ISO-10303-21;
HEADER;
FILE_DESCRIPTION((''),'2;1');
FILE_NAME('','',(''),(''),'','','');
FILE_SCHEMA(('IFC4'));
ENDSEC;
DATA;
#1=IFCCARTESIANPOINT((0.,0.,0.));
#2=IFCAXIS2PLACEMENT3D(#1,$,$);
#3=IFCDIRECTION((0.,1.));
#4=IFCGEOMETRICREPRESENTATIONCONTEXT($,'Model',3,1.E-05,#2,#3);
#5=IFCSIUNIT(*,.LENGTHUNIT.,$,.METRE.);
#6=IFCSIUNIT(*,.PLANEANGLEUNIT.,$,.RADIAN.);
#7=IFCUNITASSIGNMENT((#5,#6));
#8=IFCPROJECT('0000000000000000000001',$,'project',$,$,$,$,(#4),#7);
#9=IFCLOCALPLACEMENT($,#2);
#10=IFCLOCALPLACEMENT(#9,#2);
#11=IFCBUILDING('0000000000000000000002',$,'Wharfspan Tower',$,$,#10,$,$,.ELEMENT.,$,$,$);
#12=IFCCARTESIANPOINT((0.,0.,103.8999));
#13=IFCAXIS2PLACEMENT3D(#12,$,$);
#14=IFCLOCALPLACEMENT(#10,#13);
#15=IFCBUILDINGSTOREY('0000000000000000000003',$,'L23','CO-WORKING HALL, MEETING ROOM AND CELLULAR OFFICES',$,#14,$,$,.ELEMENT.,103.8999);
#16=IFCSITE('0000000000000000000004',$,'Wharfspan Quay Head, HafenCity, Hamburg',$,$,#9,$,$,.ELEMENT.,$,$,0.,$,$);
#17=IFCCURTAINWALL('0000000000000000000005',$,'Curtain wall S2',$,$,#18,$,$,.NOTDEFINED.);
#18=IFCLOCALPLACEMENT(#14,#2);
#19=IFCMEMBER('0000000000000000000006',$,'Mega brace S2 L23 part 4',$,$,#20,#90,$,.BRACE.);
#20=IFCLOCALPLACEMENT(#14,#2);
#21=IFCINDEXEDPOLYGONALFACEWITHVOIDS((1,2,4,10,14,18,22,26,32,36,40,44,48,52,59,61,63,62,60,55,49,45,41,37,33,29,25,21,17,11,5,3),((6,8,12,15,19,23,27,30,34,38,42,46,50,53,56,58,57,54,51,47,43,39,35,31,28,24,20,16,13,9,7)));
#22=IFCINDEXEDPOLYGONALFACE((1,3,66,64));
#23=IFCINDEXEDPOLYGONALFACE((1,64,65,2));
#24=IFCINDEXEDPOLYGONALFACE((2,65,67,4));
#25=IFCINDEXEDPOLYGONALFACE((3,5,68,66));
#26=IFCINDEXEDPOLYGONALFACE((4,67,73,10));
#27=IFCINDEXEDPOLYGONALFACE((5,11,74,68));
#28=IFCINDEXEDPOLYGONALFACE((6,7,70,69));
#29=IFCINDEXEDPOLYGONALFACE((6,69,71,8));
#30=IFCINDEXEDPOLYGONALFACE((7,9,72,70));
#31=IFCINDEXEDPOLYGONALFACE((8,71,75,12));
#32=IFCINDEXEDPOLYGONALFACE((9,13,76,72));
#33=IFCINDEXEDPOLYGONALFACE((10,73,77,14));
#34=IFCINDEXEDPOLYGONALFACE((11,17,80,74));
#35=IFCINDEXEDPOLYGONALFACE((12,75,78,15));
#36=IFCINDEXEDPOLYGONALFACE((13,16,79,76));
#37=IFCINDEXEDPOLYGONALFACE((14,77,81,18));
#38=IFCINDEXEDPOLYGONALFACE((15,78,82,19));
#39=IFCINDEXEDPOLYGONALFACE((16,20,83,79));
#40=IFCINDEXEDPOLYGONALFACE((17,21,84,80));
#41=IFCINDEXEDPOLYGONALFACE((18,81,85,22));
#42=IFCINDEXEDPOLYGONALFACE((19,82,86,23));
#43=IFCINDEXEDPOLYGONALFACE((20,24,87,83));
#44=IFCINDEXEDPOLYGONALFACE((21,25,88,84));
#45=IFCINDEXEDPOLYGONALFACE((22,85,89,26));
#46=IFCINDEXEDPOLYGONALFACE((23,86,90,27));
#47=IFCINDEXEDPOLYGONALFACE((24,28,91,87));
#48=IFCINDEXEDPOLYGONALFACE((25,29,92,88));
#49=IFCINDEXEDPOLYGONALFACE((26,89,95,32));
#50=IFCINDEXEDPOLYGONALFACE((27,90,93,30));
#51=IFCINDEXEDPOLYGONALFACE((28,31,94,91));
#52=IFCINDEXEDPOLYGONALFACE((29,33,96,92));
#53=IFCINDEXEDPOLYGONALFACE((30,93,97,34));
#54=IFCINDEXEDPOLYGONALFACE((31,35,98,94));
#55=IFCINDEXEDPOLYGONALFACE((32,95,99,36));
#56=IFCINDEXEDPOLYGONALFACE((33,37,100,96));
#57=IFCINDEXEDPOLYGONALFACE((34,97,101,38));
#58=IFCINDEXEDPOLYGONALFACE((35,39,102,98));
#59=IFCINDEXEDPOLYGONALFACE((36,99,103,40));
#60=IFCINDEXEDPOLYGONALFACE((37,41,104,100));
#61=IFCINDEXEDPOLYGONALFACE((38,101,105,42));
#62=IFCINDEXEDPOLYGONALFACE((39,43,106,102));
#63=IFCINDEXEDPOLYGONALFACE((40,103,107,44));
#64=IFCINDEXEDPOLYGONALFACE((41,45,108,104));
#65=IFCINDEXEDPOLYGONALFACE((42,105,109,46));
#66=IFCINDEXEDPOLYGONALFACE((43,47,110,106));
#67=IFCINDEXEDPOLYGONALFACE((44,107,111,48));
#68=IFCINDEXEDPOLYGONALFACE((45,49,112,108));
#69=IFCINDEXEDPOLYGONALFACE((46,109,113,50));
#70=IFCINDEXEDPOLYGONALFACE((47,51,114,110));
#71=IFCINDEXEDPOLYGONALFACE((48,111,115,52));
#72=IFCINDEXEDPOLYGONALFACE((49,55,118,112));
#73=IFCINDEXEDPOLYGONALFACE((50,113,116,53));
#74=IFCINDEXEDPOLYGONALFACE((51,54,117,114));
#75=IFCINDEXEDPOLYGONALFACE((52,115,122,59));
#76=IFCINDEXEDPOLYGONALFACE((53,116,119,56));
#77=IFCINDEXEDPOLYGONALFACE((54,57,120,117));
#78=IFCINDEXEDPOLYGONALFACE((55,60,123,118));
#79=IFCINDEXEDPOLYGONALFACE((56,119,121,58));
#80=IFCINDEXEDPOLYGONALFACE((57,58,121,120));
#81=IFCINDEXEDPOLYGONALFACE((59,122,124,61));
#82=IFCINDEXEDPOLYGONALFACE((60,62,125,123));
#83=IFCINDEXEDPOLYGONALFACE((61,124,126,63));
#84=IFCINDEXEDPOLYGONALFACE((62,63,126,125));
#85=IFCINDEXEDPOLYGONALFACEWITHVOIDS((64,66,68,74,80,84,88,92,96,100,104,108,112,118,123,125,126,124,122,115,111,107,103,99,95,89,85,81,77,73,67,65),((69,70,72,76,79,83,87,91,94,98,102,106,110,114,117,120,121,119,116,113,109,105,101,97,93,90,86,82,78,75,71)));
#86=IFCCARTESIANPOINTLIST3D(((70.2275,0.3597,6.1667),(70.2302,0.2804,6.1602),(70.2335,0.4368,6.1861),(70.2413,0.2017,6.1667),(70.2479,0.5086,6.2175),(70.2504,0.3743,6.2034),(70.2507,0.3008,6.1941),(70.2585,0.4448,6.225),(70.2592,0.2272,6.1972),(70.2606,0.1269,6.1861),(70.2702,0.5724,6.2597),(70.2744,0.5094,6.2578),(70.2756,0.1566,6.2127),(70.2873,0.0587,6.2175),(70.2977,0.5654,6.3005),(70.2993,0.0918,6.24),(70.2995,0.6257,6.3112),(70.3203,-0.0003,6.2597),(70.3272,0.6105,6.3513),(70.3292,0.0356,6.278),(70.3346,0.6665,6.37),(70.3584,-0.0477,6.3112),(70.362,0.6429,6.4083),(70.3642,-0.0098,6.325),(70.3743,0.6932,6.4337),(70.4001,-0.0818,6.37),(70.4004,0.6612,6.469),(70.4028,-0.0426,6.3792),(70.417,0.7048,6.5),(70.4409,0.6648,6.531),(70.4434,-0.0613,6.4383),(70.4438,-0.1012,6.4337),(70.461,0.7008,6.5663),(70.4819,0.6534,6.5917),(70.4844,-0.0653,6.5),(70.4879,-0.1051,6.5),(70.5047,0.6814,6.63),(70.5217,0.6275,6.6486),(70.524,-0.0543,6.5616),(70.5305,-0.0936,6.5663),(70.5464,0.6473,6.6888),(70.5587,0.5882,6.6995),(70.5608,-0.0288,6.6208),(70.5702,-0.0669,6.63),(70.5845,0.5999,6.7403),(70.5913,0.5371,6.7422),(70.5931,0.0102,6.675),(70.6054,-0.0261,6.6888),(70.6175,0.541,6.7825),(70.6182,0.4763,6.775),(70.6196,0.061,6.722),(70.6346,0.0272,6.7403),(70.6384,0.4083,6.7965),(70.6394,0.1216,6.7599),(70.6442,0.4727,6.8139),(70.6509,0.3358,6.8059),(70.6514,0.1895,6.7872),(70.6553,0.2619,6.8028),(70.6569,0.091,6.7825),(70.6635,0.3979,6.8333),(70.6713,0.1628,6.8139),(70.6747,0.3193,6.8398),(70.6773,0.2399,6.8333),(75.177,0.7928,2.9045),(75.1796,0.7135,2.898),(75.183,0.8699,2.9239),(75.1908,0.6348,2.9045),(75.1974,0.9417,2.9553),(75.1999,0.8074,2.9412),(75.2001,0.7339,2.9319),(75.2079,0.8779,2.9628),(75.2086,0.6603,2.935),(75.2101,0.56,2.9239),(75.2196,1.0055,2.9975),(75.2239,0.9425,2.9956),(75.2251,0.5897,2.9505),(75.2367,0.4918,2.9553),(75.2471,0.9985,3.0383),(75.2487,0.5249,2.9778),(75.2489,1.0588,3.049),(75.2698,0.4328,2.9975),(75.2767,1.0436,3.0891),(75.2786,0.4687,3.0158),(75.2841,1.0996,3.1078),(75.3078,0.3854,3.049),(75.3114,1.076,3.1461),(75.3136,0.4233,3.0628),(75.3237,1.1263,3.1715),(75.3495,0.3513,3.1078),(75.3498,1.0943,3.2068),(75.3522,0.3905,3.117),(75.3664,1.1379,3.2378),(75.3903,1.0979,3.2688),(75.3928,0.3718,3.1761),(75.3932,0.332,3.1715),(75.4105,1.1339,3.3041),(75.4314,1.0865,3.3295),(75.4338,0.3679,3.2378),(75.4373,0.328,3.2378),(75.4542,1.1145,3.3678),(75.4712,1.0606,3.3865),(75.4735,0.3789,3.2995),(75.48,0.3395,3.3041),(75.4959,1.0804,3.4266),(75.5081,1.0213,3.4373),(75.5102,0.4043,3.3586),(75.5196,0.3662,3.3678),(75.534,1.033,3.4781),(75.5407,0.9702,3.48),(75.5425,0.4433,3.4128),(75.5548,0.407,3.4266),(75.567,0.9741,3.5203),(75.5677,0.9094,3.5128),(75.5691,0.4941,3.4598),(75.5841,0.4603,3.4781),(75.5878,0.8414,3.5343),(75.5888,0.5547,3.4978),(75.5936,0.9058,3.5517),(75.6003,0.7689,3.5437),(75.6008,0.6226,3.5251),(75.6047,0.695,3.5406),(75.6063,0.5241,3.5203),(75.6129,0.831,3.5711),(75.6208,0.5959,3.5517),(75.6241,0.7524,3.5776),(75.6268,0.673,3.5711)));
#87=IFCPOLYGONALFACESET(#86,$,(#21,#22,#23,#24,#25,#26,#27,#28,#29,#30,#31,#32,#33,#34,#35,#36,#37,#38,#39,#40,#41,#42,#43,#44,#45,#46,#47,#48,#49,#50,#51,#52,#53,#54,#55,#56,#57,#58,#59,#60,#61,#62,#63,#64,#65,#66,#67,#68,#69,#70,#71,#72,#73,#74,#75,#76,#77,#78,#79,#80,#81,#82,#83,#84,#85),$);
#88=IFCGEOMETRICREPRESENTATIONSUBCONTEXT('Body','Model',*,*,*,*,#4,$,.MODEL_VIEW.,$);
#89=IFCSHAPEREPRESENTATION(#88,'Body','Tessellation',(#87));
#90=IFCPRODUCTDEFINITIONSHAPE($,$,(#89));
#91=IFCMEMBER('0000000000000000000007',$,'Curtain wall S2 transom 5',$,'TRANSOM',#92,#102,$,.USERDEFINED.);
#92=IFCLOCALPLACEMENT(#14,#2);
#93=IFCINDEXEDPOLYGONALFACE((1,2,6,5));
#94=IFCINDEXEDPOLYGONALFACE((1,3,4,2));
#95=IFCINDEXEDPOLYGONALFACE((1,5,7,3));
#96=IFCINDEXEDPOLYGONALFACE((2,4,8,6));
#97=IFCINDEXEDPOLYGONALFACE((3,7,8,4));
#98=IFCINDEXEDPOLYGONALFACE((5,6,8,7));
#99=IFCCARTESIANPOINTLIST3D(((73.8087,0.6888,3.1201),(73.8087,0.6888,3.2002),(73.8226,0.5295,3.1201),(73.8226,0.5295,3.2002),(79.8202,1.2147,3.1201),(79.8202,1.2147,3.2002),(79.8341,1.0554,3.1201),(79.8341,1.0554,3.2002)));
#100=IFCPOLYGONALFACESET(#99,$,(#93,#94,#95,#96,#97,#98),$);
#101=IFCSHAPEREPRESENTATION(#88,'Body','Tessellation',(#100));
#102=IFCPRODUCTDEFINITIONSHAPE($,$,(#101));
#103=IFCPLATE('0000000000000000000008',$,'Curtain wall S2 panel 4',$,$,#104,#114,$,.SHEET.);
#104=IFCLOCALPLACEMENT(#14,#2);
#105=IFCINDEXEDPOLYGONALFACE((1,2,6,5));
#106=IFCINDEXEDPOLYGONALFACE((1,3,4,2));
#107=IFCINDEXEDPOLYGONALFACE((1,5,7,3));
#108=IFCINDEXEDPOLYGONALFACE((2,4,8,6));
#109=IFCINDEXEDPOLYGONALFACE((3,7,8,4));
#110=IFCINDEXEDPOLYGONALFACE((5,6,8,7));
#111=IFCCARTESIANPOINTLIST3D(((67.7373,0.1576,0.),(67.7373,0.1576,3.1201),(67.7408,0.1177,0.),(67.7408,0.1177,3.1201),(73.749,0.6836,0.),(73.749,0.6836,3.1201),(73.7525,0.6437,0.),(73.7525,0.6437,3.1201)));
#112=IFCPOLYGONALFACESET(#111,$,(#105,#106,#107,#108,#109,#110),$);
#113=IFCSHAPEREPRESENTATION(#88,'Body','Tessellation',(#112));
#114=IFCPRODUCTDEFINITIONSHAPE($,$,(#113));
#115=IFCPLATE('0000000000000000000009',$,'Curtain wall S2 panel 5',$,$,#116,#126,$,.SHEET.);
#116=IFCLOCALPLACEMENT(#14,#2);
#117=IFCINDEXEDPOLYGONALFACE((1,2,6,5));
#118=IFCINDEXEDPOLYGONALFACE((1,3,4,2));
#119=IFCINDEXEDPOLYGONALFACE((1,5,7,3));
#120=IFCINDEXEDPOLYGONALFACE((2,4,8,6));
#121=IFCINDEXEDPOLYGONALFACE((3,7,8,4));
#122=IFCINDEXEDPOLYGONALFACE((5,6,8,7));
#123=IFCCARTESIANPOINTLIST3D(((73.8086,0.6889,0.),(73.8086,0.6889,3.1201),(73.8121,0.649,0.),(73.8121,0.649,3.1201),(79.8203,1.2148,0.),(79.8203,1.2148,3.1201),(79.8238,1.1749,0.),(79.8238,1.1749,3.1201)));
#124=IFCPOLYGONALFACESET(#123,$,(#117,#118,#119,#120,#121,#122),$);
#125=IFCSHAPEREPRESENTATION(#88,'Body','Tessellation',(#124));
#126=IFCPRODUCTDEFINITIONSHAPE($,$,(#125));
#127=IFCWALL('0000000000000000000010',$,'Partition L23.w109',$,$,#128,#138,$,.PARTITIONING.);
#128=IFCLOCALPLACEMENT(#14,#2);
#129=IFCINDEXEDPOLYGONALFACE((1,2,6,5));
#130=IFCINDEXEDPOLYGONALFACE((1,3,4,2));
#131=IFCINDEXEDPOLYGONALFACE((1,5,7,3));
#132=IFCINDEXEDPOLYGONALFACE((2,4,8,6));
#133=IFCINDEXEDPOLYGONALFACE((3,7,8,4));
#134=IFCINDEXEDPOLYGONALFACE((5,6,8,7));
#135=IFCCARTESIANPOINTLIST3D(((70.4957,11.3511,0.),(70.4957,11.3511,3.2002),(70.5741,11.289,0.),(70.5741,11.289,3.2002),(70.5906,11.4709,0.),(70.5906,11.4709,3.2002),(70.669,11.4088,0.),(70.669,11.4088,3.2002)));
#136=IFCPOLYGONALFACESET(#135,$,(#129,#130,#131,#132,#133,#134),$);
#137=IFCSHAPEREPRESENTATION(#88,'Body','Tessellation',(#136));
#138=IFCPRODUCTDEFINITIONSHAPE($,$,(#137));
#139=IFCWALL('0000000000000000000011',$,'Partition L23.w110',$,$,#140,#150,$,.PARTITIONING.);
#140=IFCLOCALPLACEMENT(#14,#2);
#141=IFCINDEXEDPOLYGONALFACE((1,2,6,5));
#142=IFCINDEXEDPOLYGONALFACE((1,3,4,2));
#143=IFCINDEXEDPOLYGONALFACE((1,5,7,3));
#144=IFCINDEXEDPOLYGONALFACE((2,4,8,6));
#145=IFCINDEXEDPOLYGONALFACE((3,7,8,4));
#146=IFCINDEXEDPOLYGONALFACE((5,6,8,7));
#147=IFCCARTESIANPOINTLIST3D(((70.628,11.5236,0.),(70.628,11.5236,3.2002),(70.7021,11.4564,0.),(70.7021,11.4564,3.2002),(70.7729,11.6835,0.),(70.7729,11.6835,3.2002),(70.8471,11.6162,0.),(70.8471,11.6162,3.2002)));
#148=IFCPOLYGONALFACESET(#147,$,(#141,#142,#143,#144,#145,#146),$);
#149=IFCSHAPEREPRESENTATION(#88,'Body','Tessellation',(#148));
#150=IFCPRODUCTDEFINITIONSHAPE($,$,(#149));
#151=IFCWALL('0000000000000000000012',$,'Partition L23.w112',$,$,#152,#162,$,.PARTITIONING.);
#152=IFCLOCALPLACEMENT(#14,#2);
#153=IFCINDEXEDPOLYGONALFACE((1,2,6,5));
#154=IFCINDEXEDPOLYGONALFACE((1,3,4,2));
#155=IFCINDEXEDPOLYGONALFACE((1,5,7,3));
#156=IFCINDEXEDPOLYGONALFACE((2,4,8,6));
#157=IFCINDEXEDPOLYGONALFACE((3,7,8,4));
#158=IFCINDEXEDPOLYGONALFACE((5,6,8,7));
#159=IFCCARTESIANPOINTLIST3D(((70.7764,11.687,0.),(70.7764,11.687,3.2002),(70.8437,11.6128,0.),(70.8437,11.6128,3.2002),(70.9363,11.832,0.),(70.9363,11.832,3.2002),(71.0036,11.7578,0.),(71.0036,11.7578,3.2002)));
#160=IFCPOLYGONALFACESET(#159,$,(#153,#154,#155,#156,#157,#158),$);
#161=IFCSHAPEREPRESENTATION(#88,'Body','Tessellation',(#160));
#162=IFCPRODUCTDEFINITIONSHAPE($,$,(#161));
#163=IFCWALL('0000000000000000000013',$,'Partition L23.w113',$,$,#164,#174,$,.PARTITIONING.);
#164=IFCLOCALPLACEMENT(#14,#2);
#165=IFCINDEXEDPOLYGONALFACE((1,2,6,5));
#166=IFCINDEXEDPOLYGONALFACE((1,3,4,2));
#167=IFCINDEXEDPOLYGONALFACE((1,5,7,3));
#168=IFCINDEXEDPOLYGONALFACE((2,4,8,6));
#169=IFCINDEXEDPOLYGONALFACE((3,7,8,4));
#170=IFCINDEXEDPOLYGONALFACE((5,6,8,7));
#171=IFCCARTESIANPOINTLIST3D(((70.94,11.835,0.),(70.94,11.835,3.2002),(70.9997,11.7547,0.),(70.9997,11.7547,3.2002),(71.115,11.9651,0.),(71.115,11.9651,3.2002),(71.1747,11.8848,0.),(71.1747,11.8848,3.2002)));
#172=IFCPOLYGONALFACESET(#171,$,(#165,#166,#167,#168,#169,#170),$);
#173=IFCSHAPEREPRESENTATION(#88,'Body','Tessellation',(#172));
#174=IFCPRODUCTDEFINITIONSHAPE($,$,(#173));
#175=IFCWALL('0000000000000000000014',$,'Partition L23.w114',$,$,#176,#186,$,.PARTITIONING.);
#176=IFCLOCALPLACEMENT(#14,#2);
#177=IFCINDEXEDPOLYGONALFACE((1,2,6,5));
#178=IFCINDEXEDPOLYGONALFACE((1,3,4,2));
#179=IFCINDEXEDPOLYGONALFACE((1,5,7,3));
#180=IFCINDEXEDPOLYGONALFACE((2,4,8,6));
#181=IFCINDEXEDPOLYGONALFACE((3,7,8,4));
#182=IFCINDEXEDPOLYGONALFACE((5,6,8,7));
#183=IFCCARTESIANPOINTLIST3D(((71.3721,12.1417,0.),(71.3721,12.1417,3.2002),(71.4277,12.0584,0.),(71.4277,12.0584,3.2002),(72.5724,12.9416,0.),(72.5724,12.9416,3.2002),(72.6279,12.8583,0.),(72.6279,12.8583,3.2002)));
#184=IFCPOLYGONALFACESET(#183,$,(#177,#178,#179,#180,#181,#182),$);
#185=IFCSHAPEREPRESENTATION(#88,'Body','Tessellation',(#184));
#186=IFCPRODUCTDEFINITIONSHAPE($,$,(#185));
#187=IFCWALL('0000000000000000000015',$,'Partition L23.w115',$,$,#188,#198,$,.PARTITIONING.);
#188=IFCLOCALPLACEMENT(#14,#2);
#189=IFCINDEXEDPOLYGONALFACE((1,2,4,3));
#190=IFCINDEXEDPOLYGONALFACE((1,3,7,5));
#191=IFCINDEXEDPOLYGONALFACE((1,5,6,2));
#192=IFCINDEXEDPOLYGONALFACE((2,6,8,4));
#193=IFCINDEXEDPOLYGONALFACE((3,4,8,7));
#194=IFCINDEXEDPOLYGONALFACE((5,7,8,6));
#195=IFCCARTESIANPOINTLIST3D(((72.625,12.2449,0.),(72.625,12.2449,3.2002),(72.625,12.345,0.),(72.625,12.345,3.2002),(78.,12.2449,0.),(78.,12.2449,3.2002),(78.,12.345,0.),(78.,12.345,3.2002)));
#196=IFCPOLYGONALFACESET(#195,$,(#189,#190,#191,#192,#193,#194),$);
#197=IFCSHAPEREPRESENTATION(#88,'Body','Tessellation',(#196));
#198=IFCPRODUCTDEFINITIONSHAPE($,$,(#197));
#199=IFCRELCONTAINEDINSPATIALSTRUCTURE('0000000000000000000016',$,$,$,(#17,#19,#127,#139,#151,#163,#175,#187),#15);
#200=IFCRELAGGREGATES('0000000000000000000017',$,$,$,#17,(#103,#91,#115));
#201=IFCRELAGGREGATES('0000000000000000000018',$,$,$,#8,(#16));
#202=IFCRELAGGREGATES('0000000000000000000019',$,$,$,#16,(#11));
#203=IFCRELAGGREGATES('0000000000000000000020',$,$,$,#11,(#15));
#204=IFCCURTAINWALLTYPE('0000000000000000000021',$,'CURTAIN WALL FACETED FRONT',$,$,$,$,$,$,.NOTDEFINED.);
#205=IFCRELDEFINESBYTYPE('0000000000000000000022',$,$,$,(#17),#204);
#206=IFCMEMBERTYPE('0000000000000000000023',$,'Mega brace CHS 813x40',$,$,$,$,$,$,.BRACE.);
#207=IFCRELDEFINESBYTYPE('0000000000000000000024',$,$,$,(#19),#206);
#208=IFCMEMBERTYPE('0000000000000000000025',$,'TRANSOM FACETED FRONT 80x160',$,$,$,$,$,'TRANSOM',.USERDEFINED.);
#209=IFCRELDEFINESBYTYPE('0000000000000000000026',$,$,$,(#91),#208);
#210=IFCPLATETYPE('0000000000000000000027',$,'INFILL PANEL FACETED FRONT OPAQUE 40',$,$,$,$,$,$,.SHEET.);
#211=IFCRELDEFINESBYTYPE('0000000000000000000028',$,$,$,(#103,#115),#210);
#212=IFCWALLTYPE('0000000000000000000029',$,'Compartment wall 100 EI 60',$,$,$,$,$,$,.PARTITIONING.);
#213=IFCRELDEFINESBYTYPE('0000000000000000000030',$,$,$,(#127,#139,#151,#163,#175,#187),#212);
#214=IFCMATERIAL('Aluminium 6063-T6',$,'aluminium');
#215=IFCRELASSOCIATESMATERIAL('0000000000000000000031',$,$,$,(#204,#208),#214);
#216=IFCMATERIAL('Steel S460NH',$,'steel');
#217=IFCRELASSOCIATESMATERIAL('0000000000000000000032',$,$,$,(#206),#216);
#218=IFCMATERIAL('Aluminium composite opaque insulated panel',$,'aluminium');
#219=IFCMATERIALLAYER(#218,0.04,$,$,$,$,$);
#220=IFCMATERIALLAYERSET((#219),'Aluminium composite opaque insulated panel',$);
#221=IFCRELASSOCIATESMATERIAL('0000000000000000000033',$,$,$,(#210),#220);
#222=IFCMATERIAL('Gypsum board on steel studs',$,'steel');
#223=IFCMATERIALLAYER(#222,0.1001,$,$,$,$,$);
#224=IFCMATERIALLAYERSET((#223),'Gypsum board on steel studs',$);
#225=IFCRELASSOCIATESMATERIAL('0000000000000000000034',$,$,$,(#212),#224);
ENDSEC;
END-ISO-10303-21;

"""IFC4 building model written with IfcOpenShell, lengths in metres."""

from ifc_helpers import new_model, si_unit, direction, frame, frame_2d, origin, origin_2d, place, context, subcontext, project, spatial, rectangle, hollow_circle, extrude, material, layer, layer_set, material_profile, profile_set, type_object, element, aggregate, save


model = new_model("IFC4")

# Units and contexts
model_context = context("Model", 3, precision=1e-05, world=origin(), true_north=direction((0.0, 1.0)))
body_context = subcontext(model_context, "Body", "Model", "MODEL_VIEW")
ifc_project = project(units=[si_unit("LENGTHUNIT", "METRE"), si_unit("PLANEANGLEUNIT", "RADIAN")], contexts=[model_context])

# Site, building, storey
site_placement = place(None, origin())
site = spatial("IfcSite", under=ifc_project, at=site_placement, Name="Wharfspan Quay Head, HafenCity, Hamburg", CompositionType="ELEMENT", RefElevation=0.0)
building_placement = place(site_placement, origin())
building = spatial("IfcBuilding", under=site, at=building_placement, Name="Wharfspan Tower", CompositionType="ELEMENT")
storey_placement = place(building_placement, frame((0.0, 0.0, 103.8999)))
storey = spatial("IfcBuildingStorey", under=building, at=storey_placement, Name="L23", Description="CO-WORKING HALL, MEETING ROOM AND CELLULAR OFFICES", CompositionType="ELEMENT", Elevation=103.8999)

# Curtain wall
ifc_material_1 = material(Name="Aluminium 6063-T6", Category="aluminium")
curtain_wall_type = type_object("IfcCurtainWallType", Name="CURTAIN WALL FACETED FRONT", PredefinedType="NOTDEFINED", material=ifc_material_1)
curtain_wall_placement = place(storey_placement, origin())
curtain_wall = element("IfcCurtainWall", 1, at=curtain_wall_placement, inside=storey, type_object=curtain_wall_type, Name="Curtain wall S2", PredefinedType="NOTDEFINED")

# Member
ifc_material_2 = material(Name="Steel S460NH", Category="steel")
ifc_material_profile_1 = material_profile(ifc_material_2, hollow_circle(Radius=0.4065, WallThickness=0.04, at=origin_2d()))
ifc_profile_set_1 = profile_set([ifc_material_profile_1], Name="Steel S460NH")
member_type_1 = type_object("IfcMemberType", Name="Mega brace CHS 813x40", PredefinedType="BRACE", material=ifc_profile_set_1)
member_1_placement = place(storey_placement, frame((75.4019, 0.7329, 3.2378), z_axis=(-0.832734, -0.072869, 0.548858), x_axis=(0.087173, -0.99619, 0.000001)))
element("IfcMember", 2, at=member_1_placement, inside=storey, type_object=member_type_1, Name="Mega brace S2 L23 part 4", PredefinedType="BRACE", context=body_context, shape_type="SweptSolid", body=[
    extrude(hollow_circle(Radius=0.4065, WallThickness=0.04, at=origin_2d()), origin(), (0.0, 0.0, 1.0), 5.9436),
])

# Member
ifc_material_profile_2 = material_profile(ifc_material_1, rectangle(XDim=0.1599, YDim=0.0801, at=origin_2d()))
ifc_profile_set_2 = profile_set([ifc_material_profile_2], Name="Aluminium 6063-T6")
member_type_2 = type_object("IfcMemberType", Name="TRANSOM FACETED FRONT 80x160", ElementType="TRANSOM", PredefinedType="USERDEFINED", material=ifc_profile_set_2)
member_2_placement = place(storey_placement, frame((73.8157, 0.6091, 3.1602), z_axis=(0.996196, 0.087146, 0.0), x_axis=(-0.087146, 0.996196, 0.0)))
member_2 = element("IfcMember", 3, at=member_2_placement, type_object=member_type_2, Name="Curtain wall S2 transom 5", ObjectType="TRANSOM", PredefinedType="USERDEFINED", context=body_context, shape_type="SweptSolid", body=[
    extrude(rectangle(XDim=0.1599, YDim=0.0801, at=origin_2d()), origin(), (0.0, 0.0, 1.0), 6.0344),
])

# Plates
ifc_material_3 = material(Name="Aluminium composite opaque insulated panel", Category="aluminium")
ifc_layer_1 = layer(ifc_material_3, 0.04)
ifc_layer_set_1 = layer_set([ifc_layer_1], Name="Aluminium composite opaque insulated panel")
plate_type = type_object("IfcPlateType", Name="INFILL PANEL FACETED FRONT OPAQUE 40", PredefinedType="SHEET", material=ifc_layer_set_1)
plate_1_placement = place(storey_placement, frame((70.7449, 0.4006, 0.0), z_axis=(0.0, 0.0, 1.0), x_axis=(0.996198, 0.087156, 0.0)))
plate_1 = element("IfcPlate", 4, at=plate_1_placement, type_object=plate_type, Name="Curtain wall S2 panel 4", PredefinedType="SHEET", context=body_context, shape_type="SweptSolid", body=[
    extrude(rectangle(XDim=6.0347, YDim=0.04, at=origin_2d()), origin(), (0.0, 0.0, 1.0), 3.1201),
])
plate_2_placement = place(storey_placement, frame((76.8162, 0.9319, 0.0), z_axis=(0.0, 0.0, 1.0), x_axis=(0.996198, 0.087156, 0.0)))
plate_2 = element("IfcPlate", 5, at=plate_2_placement, type_object=plate_type, Name="Curtain wall S2 panel 5", PredefinedType="SHEET", context=body_context, shape_type="SweptSolid", body=[
    extrude(rectangle(XDim=6.0347, YDim=0.04, at=origin_2d()), origin(), (0.0, 0.0, 1.0), 3.1201),
])
aggregate(curtain_wall, [plate_1, member_2, plate_2])

# Walls
ifc_material_4 = material(Name="Gypsum board on steel studs", Category="steel")
ifc_layer_2 = layer(ifc_material_4, 0.1001)
ifc_layer_set_2 = layer_set([ifc_layer_2], Name="Gypsum board on steel studs")
wall_type_1 = type_object("IfcWallType", Name="Compartment wall 100 EI 60", PredefinedType="PARTITIONING", material=ifc_layer_set_2)
wall_1_placement = place(storey_placement, frame((70.5349, 11.3201, 0.0), z_axis=(0.0, 0.0, 1.0), x_axis=(0.620989, 0.783819, 0.0)))
element("IfcWall", 6, at=wall_1_placement, inside=storey, type_object=wall_type_1, Name="Partition L23.w109", PredefinedType="PARTITIONING", context=body_context, shape_type="SweptSolid", body=[
    extrude(rectangle(XDim=0.1528, YDim=0.1001, at=frame_2d((0.0764, 0.0))), origin(), (0.0, 0.0, 1.0), 3.2002),
])
for number, where, z_axis, x_axis, name in (
    (7, (70.665, 11.49, 0.0), (0.0, 0.0, 1.0), (0.671775, 0.740762, 0.0), "Partition L23.w110"),
    (8, (70.8101, 11.6499, 0.0), (0.0, 0.0, 1.0), (0.740762, 0.671775, 0.0), "Partition L23.w112"),
):
    element("IfcWall", number, at=place(storey_placement, frame(where, z_axis=z_axis, x_axis=x_axis)), inside=storey, type_object=wall_type_1, Name=name, PredefinedType="PARTITIONING", context=body_context, shape_type="SweptSolid", body=[
        extrude(rectangle(XDim=0.2158, YDim=0.1001, at=frame_2d((0.1079, 0.0))), origin(), (0.0, 0.0, 1.0), 3.2002),
    ])
wall_2_placement = place(storey_placement, frame((70.97, 11.7949, 0.0), z_axis=(0.0, 0.0, 1.0), x_axis=(0.802549, 0.596595, 0.0)))
element("IfcWall", 9, at=wall_2_placement, inside=storey, type_object=wall_type_1, Name="Partition L23.w113", PredefinedType="PARTITIONING", context=body_context, shape_type="SweptSolid", body=[
    extrude(rectangle(XDim=0.218, YDim=0.1001, at=frame_2d((0.1089, 0.0))), origin(), (0.0, 0.0, 1.0), 3.2002),
])
wall_3_placement = place(storey_placement, frame((71.3999, 12.1001, 0.0), z_axis=(0.0, 0.0, 1.0), x_axis=(0.83215, 0.554541, 0.0)))
element("IfcWall", 10, at=wall_3_placement, inside=storey, type_object=wall_type_1, Name="Partition L23.w114", PredefinedType="PARTITIONING", context=body_context, shape_type="SweptSolid", body=[
    extrude(rectangle(XDim=1.4424, YDim=0.1001, at=frame_2d((0.7212, 0.0))), origin(), (0.0, 0.0, 1.0), 3.2002),
])
wall_4_placement = place(storey_placement, frame((72.625, 12.2949, 0.0), z_axis=(0.0, 0.0, 1.0), x_axis=(1.0, 0.0, 0.0)))
element("IfcWall", 11, at=wall_4_placement, inside=storey, type_object=wall_type_1, Name="Partition L23.w115", PredefinedType="PARTITIONING", context=body_context, shape_type="SweptSolid", body=[
    extrude(rectangle(XDim=5.375, YDim=0.1001, at=frame_2d((2.6875, 0.0))), origin(), (0.0, 0.0, 1.0), 3.2002),
])

save(model, "model.ifc")
